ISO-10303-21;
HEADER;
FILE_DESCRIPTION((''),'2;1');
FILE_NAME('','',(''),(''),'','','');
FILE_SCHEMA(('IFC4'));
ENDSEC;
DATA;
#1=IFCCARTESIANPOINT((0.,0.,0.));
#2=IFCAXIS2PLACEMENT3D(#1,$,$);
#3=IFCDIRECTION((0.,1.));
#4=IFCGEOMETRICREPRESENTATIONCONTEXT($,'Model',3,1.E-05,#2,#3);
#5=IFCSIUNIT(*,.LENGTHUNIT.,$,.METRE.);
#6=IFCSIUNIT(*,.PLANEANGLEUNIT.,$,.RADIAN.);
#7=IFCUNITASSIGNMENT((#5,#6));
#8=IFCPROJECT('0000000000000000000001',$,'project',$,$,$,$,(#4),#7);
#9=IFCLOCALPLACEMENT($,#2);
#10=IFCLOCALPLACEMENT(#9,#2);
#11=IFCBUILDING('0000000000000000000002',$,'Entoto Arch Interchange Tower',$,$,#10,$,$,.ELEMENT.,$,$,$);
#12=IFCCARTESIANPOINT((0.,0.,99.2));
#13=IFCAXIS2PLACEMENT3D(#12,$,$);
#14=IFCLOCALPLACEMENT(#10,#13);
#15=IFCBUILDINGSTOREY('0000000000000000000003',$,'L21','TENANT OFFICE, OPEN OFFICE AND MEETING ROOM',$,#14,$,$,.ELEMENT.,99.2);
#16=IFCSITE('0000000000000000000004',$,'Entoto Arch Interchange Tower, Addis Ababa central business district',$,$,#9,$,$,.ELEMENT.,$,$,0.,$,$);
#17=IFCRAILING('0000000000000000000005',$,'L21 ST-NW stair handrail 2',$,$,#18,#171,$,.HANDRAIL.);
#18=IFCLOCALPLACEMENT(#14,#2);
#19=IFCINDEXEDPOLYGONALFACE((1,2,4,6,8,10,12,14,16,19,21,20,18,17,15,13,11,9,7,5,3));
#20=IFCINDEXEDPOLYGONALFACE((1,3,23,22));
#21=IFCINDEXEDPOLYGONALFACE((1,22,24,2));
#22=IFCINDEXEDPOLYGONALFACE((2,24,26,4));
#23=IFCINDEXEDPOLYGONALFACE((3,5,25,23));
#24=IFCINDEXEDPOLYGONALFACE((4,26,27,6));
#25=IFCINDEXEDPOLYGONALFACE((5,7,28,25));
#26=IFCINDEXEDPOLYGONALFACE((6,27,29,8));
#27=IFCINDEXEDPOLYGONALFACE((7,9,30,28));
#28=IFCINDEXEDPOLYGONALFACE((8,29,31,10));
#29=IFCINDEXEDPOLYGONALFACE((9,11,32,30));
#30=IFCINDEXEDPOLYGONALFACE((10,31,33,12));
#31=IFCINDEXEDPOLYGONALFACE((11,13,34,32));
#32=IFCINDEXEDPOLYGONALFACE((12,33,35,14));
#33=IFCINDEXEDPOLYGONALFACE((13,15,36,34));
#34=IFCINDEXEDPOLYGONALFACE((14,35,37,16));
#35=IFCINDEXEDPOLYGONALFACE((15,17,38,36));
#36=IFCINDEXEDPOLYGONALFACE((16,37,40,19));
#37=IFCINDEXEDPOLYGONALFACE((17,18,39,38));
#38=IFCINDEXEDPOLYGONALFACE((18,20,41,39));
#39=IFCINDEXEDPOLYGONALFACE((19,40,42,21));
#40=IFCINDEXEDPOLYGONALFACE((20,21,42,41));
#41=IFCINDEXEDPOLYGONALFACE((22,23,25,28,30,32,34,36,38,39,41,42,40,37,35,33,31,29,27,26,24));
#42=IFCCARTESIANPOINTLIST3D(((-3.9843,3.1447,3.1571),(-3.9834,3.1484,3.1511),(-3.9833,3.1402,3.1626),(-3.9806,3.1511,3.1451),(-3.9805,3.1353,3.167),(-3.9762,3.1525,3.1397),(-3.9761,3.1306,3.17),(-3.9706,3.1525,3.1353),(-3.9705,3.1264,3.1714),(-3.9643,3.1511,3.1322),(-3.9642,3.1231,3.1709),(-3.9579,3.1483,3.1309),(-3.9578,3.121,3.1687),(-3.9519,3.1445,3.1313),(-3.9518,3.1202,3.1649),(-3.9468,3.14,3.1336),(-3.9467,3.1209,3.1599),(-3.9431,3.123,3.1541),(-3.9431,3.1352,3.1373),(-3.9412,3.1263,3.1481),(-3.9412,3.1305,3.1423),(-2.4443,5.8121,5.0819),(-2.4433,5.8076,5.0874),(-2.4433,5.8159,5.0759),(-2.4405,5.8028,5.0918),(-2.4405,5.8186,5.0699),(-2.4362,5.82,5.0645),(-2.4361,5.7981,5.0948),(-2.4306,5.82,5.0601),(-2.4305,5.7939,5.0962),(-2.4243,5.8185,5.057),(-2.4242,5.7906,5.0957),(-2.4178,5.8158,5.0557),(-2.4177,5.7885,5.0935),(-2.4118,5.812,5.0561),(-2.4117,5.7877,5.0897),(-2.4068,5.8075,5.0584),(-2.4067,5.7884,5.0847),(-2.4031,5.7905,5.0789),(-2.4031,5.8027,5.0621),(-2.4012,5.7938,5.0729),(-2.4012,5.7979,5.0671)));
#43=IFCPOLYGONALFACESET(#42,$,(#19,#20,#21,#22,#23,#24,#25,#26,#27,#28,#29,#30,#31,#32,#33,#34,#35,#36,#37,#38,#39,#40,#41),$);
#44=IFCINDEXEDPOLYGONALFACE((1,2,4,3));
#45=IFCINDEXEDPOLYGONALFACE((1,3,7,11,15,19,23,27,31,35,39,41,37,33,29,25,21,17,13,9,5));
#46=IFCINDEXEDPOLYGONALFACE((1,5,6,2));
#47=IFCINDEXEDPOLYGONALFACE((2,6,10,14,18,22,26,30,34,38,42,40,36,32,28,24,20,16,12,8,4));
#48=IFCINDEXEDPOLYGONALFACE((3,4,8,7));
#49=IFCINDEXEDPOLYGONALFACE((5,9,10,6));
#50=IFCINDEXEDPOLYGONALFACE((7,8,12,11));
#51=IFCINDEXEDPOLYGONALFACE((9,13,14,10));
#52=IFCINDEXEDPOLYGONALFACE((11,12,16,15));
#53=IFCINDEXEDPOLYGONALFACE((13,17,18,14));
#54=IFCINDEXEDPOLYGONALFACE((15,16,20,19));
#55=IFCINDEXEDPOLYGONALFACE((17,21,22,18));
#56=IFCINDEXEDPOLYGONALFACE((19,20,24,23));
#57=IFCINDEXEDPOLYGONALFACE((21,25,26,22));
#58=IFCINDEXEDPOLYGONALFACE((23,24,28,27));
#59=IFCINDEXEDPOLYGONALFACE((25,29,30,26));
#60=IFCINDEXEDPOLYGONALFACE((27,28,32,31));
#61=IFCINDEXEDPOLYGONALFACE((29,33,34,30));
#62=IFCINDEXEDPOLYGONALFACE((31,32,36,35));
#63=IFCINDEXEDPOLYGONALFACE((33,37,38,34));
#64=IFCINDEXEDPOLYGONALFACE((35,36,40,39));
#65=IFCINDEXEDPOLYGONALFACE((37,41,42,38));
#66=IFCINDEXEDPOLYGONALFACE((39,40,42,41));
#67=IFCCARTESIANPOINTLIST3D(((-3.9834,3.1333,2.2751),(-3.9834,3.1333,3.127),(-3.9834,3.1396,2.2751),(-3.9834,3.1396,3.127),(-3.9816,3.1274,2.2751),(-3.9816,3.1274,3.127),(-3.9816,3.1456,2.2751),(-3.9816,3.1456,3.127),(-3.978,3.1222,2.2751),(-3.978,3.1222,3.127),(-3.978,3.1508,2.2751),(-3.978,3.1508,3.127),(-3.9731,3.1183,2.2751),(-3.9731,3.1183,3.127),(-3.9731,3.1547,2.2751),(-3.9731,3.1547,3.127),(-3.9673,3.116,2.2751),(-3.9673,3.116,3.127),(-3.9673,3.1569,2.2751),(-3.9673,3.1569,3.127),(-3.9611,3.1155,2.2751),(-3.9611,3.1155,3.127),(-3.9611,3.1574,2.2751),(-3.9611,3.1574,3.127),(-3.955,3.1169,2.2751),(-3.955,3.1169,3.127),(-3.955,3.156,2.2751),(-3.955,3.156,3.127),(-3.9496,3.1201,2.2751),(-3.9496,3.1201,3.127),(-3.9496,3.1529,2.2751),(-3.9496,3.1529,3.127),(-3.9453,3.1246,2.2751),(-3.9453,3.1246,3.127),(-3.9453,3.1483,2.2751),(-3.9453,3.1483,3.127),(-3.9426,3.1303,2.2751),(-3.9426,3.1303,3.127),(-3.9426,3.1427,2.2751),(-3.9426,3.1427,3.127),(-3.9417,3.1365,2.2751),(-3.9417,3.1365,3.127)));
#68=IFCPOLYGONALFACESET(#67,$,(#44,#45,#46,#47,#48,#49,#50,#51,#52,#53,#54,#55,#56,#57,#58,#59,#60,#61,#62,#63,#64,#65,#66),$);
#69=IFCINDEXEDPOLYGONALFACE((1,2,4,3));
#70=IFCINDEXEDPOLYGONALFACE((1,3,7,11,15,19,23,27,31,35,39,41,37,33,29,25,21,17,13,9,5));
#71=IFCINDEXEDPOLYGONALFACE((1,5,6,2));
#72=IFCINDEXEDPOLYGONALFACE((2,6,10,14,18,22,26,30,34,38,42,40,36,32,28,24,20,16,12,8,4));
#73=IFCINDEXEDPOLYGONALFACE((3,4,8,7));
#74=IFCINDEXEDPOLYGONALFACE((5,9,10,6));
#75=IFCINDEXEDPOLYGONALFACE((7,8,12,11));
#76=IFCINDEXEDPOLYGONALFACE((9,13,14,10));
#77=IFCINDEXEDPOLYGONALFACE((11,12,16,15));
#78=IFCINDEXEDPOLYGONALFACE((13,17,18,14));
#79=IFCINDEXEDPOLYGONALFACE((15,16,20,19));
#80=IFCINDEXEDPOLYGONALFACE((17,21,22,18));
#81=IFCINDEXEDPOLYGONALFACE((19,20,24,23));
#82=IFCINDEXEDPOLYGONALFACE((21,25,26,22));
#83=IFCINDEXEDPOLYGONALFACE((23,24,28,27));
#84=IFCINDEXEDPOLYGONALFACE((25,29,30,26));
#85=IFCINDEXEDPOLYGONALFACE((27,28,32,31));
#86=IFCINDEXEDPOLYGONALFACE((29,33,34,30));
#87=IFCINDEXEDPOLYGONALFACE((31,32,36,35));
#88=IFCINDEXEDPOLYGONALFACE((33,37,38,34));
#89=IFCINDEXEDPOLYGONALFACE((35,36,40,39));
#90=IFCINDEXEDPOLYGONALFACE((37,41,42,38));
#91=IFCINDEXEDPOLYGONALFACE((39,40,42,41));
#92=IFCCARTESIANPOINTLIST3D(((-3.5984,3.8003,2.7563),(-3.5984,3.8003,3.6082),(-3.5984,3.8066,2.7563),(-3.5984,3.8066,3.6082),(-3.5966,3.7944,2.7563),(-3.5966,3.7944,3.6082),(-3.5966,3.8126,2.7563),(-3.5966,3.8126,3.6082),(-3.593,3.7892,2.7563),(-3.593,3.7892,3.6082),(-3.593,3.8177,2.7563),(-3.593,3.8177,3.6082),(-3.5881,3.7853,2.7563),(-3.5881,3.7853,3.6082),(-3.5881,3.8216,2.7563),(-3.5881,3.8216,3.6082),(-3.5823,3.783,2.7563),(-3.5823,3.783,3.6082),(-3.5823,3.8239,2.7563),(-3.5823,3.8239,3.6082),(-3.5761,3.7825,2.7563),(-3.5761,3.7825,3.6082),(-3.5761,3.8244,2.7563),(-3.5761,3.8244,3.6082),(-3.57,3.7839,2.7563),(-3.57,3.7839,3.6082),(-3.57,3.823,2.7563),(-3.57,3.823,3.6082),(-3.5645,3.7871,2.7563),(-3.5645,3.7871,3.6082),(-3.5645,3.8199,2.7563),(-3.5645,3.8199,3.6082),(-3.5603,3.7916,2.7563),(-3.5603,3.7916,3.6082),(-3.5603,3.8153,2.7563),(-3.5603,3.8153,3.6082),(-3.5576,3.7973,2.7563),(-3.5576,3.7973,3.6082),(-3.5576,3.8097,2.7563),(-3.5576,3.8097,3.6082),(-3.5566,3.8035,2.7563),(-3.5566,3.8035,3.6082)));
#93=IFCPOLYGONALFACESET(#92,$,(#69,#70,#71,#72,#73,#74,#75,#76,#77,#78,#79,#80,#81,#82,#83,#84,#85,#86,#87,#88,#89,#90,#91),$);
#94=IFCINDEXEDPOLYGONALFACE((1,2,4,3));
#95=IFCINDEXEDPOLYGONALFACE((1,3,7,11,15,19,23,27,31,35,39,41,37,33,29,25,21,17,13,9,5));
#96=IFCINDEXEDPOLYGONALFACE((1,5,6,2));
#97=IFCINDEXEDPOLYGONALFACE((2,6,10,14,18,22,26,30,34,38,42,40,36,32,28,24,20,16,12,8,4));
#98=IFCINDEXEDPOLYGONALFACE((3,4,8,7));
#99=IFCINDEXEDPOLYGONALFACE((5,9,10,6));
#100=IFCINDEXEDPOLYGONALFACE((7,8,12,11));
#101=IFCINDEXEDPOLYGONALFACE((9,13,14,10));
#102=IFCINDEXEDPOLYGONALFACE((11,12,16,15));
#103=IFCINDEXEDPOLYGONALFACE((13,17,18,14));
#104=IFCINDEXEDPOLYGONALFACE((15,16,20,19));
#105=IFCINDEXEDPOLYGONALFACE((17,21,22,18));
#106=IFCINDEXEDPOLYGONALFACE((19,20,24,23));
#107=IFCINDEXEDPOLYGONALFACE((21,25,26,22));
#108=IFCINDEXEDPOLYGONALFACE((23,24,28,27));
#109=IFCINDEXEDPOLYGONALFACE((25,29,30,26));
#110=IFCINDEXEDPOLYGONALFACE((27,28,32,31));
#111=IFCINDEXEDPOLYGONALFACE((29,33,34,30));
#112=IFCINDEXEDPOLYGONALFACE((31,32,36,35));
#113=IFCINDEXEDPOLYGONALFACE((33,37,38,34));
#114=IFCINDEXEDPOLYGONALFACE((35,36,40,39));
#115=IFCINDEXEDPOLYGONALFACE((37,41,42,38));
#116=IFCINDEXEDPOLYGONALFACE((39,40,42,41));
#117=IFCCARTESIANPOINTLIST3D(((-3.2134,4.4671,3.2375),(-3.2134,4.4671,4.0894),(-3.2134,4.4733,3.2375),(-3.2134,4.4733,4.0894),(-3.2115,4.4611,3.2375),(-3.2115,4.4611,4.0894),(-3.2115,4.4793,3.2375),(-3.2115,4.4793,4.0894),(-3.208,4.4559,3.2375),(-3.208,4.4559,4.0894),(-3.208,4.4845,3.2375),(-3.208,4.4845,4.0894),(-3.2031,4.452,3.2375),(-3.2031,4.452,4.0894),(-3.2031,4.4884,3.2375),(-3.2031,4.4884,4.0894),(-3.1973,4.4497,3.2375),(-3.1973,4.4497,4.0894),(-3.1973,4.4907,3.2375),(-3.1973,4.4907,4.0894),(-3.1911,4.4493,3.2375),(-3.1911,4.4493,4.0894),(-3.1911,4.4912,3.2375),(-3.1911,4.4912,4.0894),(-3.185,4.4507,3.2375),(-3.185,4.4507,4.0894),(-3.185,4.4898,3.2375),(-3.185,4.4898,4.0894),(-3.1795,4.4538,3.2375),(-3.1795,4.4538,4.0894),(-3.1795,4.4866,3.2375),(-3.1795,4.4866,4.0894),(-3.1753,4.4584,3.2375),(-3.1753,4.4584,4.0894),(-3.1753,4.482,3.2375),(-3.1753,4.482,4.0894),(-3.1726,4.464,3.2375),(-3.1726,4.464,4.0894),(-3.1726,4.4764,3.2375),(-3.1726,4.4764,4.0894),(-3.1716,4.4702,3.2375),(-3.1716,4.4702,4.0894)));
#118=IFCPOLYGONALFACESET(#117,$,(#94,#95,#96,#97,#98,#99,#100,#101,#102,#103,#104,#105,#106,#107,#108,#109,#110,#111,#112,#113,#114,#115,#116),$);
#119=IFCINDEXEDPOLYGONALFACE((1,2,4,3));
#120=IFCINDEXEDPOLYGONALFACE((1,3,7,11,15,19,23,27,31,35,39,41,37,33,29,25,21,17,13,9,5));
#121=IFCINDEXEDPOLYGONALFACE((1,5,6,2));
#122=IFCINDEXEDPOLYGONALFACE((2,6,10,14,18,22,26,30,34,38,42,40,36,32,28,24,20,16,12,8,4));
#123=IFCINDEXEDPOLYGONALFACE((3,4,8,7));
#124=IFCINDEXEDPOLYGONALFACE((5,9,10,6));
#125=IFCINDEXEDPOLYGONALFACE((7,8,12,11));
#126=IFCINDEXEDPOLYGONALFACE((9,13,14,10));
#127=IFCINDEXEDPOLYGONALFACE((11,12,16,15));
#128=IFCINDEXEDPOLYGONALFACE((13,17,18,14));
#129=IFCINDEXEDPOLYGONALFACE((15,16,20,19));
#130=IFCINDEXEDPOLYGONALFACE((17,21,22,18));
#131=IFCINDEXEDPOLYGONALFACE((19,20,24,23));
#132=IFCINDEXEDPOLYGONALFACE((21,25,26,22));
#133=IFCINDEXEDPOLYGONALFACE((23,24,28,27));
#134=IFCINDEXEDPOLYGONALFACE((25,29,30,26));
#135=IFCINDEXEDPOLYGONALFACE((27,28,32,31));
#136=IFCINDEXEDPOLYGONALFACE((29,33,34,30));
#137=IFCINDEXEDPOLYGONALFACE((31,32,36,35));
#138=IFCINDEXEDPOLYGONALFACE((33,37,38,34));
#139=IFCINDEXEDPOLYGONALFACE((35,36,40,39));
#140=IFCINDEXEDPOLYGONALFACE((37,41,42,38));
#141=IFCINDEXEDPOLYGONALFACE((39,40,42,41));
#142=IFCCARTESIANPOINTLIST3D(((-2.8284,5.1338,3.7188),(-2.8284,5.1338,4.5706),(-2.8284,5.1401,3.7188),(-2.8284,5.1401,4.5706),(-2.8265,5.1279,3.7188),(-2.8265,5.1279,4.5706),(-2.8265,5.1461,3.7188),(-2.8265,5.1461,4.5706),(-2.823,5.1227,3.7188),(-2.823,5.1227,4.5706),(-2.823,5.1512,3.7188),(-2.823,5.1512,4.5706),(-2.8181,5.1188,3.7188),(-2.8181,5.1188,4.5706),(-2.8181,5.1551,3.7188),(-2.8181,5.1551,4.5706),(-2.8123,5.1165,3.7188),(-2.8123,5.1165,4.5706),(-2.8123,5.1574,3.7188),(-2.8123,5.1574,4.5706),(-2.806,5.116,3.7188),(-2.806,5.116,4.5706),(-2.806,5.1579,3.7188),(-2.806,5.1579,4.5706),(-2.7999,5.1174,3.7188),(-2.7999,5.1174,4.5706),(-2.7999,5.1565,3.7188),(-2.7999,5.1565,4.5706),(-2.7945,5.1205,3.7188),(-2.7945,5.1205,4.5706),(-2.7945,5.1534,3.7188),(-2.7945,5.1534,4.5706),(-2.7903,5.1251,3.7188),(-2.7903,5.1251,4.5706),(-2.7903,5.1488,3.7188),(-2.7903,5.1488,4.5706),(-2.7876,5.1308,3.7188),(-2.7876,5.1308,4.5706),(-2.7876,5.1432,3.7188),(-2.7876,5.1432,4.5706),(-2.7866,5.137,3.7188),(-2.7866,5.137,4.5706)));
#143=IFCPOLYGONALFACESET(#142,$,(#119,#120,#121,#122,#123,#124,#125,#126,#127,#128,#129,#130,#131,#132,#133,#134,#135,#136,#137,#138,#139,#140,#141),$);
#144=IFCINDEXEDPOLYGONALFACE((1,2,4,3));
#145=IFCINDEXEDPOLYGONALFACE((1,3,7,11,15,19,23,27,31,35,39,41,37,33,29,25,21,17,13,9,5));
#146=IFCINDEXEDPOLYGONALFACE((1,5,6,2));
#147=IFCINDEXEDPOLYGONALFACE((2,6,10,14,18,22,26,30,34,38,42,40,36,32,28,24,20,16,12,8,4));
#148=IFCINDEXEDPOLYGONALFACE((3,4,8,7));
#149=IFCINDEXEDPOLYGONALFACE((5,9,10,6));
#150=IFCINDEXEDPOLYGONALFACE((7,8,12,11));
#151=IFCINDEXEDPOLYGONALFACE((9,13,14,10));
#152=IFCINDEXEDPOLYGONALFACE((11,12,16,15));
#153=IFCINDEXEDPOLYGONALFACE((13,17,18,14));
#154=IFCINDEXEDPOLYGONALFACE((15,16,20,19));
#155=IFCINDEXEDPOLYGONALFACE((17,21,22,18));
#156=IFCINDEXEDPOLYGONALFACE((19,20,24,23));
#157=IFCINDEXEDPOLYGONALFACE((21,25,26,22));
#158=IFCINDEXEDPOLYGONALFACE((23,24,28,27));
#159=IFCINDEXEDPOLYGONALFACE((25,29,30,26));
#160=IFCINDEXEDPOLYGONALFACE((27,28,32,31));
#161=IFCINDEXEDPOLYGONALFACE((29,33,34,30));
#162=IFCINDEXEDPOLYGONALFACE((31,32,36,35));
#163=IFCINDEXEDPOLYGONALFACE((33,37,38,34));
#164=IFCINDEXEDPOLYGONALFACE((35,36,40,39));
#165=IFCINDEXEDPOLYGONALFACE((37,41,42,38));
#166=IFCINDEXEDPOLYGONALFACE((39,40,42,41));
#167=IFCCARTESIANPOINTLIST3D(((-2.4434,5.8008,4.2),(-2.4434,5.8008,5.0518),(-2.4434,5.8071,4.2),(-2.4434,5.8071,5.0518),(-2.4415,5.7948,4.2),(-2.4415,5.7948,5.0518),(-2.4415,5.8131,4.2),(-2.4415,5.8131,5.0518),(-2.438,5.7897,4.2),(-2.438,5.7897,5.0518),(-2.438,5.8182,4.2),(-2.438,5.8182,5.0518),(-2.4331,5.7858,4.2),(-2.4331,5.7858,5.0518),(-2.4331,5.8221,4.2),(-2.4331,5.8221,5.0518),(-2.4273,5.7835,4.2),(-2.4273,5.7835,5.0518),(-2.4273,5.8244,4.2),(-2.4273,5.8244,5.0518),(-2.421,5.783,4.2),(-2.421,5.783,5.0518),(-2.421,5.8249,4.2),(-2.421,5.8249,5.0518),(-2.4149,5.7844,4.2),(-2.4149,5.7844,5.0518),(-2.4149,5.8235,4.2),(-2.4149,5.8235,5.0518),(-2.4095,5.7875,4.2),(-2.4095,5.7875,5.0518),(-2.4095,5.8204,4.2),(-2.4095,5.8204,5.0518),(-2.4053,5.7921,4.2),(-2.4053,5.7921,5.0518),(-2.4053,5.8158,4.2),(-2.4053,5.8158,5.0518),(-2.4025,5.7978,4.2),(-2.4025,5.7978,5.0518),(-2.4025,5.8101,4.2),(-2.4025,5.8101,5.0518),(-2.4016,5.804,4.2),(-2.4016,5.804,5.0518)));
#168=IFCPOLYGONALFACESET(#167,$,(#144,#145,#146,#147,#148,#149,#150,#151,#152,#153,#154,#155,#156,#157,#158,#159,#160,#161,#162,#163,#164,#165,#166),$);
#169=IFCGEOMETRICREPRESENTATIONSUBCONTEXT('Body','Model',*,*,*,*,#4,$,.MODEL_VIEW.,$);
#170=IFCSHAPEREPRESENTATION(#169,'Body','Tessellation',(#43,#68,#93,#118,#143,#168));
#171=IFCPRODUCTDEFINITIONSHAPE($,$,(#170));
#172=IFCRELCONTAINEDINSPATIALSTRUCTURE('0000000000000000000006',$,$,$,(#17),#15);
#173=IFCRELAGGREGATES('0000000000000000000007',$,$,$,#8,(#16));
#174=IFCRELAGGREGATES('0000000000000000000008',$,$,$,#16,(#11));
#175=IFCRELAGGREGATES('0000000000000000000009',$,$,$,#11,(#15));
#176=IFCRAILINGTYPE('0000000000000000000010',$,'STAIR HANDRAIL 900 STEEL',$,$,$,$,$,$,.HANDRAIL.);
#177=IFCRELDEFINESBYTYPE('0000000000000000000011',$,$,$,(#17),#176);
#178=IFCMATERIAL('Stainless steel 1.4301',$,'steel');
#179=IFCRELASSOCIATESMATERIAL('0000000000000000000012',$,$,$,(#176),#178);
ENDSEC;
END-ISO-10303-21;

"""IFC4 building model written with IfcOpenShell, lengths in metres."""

from ifc_helpers import new_model, si_unit, direction, frame, origin, origin_2d, place, context, subcontext, project, spatial, circle, extrude, material, type_object, element, save


model = new_model("IFC4")

# Units and contexts
model_context = context("Model", 3, precision=1e-05, world=origin(), true_north=direction((0.0, 1.0)))
body_context = subcontext(model_context, "Body", "Model", "MODEL_VIEW")
ifc_project = project(units=[si_unit("LENGTHUNIT", "METRE"), si_unit("PLANEANGLEUNIT", "RADIAN")], contexts=[model_context])

# Site, building, storey
site_placement = place(None, origin())
site = spatial("IfcSite", under=ifc_project, at=site_placement, Name="Entoto Arch Interchange Tower, Addis Ababa central business district", CompositionType="ELEMENT", RefElevation=0.0)
building_placement = place(site_placement, origin())
building = spatial("IfcBuilding", under=site, at=building_placement, Name="Entoto Arch Interchange Tower", CompositionType="ELEMENT")
storey_placement = place(building_placement, frame((0.0, 0.0, 99.2)))
storey = spatial("IfcBuildingStorey", under=building, at=storey_placement, Name="L21", Description="TENANT OFFICE, OPEN OFFICE AND MEETING ROOM", CompositionType="ELEMENT", Elevation=99.2)

# Railing
ifc_material_1 = material(Name="Stainless steel 1.4301", Category="steel")
railing_type_1 = type_object("IfcRailingType", Name="STAIR HANDRAIL 900 STEEL", PredefinedType="HANDRAIL", material=ifc_material_1)
railing_1_placement = place(storey_placement, frame((-3.9626, 3.1365, 2.2751)))
element("IfcRailing", 1, at=railing_1_placement, inside=storey, type_object=railing_type_1, Name="L21 ST-NW stair handrail 2", PredefinedType="HANDRAIL", context=body_context, shape_type="SweptSolid", body=[
    extrude(circle(Radius=0.0239, at=origin_2d()), frame((0.0, 0.0, 0.876), z_axis=(0.42401, 0.734421, 0.529945), x_axis=(-0.86603, 0.499992, 0.0)), (0.0, 0.0, 1.0), 3.6321),
    extrude(circle(Radius=0.021, at=origin_2d()), origin(), (0.0, 0.0, 1.0), 0.8518),
    extrude(circle(Radius=0.021, at=origin_2d()), frame((0.385, 0.667, 0.4812)), (0.0, 0.0, 1.0), 0.8518),
    extrude(circle(Radius=0.021, at=origin_2d()), frame((0.77, 1.3337, 0.9624)), (0.0, 0.0, 1.0), 0.8518),
    extrude(circle(Radius=0.021, at=origin_2d()), frame((1.155, 2.0005, 1.4436)), (0.0, 0.0, 1.0), 0.8518),
    extrude(circle(Radius=0.021, at=origin_2d()), frame((1.54, 2.6675, 1.9248)), (0.0, 0.0, 1.0), 0.8518),
])

save(model, "model.ifc")
